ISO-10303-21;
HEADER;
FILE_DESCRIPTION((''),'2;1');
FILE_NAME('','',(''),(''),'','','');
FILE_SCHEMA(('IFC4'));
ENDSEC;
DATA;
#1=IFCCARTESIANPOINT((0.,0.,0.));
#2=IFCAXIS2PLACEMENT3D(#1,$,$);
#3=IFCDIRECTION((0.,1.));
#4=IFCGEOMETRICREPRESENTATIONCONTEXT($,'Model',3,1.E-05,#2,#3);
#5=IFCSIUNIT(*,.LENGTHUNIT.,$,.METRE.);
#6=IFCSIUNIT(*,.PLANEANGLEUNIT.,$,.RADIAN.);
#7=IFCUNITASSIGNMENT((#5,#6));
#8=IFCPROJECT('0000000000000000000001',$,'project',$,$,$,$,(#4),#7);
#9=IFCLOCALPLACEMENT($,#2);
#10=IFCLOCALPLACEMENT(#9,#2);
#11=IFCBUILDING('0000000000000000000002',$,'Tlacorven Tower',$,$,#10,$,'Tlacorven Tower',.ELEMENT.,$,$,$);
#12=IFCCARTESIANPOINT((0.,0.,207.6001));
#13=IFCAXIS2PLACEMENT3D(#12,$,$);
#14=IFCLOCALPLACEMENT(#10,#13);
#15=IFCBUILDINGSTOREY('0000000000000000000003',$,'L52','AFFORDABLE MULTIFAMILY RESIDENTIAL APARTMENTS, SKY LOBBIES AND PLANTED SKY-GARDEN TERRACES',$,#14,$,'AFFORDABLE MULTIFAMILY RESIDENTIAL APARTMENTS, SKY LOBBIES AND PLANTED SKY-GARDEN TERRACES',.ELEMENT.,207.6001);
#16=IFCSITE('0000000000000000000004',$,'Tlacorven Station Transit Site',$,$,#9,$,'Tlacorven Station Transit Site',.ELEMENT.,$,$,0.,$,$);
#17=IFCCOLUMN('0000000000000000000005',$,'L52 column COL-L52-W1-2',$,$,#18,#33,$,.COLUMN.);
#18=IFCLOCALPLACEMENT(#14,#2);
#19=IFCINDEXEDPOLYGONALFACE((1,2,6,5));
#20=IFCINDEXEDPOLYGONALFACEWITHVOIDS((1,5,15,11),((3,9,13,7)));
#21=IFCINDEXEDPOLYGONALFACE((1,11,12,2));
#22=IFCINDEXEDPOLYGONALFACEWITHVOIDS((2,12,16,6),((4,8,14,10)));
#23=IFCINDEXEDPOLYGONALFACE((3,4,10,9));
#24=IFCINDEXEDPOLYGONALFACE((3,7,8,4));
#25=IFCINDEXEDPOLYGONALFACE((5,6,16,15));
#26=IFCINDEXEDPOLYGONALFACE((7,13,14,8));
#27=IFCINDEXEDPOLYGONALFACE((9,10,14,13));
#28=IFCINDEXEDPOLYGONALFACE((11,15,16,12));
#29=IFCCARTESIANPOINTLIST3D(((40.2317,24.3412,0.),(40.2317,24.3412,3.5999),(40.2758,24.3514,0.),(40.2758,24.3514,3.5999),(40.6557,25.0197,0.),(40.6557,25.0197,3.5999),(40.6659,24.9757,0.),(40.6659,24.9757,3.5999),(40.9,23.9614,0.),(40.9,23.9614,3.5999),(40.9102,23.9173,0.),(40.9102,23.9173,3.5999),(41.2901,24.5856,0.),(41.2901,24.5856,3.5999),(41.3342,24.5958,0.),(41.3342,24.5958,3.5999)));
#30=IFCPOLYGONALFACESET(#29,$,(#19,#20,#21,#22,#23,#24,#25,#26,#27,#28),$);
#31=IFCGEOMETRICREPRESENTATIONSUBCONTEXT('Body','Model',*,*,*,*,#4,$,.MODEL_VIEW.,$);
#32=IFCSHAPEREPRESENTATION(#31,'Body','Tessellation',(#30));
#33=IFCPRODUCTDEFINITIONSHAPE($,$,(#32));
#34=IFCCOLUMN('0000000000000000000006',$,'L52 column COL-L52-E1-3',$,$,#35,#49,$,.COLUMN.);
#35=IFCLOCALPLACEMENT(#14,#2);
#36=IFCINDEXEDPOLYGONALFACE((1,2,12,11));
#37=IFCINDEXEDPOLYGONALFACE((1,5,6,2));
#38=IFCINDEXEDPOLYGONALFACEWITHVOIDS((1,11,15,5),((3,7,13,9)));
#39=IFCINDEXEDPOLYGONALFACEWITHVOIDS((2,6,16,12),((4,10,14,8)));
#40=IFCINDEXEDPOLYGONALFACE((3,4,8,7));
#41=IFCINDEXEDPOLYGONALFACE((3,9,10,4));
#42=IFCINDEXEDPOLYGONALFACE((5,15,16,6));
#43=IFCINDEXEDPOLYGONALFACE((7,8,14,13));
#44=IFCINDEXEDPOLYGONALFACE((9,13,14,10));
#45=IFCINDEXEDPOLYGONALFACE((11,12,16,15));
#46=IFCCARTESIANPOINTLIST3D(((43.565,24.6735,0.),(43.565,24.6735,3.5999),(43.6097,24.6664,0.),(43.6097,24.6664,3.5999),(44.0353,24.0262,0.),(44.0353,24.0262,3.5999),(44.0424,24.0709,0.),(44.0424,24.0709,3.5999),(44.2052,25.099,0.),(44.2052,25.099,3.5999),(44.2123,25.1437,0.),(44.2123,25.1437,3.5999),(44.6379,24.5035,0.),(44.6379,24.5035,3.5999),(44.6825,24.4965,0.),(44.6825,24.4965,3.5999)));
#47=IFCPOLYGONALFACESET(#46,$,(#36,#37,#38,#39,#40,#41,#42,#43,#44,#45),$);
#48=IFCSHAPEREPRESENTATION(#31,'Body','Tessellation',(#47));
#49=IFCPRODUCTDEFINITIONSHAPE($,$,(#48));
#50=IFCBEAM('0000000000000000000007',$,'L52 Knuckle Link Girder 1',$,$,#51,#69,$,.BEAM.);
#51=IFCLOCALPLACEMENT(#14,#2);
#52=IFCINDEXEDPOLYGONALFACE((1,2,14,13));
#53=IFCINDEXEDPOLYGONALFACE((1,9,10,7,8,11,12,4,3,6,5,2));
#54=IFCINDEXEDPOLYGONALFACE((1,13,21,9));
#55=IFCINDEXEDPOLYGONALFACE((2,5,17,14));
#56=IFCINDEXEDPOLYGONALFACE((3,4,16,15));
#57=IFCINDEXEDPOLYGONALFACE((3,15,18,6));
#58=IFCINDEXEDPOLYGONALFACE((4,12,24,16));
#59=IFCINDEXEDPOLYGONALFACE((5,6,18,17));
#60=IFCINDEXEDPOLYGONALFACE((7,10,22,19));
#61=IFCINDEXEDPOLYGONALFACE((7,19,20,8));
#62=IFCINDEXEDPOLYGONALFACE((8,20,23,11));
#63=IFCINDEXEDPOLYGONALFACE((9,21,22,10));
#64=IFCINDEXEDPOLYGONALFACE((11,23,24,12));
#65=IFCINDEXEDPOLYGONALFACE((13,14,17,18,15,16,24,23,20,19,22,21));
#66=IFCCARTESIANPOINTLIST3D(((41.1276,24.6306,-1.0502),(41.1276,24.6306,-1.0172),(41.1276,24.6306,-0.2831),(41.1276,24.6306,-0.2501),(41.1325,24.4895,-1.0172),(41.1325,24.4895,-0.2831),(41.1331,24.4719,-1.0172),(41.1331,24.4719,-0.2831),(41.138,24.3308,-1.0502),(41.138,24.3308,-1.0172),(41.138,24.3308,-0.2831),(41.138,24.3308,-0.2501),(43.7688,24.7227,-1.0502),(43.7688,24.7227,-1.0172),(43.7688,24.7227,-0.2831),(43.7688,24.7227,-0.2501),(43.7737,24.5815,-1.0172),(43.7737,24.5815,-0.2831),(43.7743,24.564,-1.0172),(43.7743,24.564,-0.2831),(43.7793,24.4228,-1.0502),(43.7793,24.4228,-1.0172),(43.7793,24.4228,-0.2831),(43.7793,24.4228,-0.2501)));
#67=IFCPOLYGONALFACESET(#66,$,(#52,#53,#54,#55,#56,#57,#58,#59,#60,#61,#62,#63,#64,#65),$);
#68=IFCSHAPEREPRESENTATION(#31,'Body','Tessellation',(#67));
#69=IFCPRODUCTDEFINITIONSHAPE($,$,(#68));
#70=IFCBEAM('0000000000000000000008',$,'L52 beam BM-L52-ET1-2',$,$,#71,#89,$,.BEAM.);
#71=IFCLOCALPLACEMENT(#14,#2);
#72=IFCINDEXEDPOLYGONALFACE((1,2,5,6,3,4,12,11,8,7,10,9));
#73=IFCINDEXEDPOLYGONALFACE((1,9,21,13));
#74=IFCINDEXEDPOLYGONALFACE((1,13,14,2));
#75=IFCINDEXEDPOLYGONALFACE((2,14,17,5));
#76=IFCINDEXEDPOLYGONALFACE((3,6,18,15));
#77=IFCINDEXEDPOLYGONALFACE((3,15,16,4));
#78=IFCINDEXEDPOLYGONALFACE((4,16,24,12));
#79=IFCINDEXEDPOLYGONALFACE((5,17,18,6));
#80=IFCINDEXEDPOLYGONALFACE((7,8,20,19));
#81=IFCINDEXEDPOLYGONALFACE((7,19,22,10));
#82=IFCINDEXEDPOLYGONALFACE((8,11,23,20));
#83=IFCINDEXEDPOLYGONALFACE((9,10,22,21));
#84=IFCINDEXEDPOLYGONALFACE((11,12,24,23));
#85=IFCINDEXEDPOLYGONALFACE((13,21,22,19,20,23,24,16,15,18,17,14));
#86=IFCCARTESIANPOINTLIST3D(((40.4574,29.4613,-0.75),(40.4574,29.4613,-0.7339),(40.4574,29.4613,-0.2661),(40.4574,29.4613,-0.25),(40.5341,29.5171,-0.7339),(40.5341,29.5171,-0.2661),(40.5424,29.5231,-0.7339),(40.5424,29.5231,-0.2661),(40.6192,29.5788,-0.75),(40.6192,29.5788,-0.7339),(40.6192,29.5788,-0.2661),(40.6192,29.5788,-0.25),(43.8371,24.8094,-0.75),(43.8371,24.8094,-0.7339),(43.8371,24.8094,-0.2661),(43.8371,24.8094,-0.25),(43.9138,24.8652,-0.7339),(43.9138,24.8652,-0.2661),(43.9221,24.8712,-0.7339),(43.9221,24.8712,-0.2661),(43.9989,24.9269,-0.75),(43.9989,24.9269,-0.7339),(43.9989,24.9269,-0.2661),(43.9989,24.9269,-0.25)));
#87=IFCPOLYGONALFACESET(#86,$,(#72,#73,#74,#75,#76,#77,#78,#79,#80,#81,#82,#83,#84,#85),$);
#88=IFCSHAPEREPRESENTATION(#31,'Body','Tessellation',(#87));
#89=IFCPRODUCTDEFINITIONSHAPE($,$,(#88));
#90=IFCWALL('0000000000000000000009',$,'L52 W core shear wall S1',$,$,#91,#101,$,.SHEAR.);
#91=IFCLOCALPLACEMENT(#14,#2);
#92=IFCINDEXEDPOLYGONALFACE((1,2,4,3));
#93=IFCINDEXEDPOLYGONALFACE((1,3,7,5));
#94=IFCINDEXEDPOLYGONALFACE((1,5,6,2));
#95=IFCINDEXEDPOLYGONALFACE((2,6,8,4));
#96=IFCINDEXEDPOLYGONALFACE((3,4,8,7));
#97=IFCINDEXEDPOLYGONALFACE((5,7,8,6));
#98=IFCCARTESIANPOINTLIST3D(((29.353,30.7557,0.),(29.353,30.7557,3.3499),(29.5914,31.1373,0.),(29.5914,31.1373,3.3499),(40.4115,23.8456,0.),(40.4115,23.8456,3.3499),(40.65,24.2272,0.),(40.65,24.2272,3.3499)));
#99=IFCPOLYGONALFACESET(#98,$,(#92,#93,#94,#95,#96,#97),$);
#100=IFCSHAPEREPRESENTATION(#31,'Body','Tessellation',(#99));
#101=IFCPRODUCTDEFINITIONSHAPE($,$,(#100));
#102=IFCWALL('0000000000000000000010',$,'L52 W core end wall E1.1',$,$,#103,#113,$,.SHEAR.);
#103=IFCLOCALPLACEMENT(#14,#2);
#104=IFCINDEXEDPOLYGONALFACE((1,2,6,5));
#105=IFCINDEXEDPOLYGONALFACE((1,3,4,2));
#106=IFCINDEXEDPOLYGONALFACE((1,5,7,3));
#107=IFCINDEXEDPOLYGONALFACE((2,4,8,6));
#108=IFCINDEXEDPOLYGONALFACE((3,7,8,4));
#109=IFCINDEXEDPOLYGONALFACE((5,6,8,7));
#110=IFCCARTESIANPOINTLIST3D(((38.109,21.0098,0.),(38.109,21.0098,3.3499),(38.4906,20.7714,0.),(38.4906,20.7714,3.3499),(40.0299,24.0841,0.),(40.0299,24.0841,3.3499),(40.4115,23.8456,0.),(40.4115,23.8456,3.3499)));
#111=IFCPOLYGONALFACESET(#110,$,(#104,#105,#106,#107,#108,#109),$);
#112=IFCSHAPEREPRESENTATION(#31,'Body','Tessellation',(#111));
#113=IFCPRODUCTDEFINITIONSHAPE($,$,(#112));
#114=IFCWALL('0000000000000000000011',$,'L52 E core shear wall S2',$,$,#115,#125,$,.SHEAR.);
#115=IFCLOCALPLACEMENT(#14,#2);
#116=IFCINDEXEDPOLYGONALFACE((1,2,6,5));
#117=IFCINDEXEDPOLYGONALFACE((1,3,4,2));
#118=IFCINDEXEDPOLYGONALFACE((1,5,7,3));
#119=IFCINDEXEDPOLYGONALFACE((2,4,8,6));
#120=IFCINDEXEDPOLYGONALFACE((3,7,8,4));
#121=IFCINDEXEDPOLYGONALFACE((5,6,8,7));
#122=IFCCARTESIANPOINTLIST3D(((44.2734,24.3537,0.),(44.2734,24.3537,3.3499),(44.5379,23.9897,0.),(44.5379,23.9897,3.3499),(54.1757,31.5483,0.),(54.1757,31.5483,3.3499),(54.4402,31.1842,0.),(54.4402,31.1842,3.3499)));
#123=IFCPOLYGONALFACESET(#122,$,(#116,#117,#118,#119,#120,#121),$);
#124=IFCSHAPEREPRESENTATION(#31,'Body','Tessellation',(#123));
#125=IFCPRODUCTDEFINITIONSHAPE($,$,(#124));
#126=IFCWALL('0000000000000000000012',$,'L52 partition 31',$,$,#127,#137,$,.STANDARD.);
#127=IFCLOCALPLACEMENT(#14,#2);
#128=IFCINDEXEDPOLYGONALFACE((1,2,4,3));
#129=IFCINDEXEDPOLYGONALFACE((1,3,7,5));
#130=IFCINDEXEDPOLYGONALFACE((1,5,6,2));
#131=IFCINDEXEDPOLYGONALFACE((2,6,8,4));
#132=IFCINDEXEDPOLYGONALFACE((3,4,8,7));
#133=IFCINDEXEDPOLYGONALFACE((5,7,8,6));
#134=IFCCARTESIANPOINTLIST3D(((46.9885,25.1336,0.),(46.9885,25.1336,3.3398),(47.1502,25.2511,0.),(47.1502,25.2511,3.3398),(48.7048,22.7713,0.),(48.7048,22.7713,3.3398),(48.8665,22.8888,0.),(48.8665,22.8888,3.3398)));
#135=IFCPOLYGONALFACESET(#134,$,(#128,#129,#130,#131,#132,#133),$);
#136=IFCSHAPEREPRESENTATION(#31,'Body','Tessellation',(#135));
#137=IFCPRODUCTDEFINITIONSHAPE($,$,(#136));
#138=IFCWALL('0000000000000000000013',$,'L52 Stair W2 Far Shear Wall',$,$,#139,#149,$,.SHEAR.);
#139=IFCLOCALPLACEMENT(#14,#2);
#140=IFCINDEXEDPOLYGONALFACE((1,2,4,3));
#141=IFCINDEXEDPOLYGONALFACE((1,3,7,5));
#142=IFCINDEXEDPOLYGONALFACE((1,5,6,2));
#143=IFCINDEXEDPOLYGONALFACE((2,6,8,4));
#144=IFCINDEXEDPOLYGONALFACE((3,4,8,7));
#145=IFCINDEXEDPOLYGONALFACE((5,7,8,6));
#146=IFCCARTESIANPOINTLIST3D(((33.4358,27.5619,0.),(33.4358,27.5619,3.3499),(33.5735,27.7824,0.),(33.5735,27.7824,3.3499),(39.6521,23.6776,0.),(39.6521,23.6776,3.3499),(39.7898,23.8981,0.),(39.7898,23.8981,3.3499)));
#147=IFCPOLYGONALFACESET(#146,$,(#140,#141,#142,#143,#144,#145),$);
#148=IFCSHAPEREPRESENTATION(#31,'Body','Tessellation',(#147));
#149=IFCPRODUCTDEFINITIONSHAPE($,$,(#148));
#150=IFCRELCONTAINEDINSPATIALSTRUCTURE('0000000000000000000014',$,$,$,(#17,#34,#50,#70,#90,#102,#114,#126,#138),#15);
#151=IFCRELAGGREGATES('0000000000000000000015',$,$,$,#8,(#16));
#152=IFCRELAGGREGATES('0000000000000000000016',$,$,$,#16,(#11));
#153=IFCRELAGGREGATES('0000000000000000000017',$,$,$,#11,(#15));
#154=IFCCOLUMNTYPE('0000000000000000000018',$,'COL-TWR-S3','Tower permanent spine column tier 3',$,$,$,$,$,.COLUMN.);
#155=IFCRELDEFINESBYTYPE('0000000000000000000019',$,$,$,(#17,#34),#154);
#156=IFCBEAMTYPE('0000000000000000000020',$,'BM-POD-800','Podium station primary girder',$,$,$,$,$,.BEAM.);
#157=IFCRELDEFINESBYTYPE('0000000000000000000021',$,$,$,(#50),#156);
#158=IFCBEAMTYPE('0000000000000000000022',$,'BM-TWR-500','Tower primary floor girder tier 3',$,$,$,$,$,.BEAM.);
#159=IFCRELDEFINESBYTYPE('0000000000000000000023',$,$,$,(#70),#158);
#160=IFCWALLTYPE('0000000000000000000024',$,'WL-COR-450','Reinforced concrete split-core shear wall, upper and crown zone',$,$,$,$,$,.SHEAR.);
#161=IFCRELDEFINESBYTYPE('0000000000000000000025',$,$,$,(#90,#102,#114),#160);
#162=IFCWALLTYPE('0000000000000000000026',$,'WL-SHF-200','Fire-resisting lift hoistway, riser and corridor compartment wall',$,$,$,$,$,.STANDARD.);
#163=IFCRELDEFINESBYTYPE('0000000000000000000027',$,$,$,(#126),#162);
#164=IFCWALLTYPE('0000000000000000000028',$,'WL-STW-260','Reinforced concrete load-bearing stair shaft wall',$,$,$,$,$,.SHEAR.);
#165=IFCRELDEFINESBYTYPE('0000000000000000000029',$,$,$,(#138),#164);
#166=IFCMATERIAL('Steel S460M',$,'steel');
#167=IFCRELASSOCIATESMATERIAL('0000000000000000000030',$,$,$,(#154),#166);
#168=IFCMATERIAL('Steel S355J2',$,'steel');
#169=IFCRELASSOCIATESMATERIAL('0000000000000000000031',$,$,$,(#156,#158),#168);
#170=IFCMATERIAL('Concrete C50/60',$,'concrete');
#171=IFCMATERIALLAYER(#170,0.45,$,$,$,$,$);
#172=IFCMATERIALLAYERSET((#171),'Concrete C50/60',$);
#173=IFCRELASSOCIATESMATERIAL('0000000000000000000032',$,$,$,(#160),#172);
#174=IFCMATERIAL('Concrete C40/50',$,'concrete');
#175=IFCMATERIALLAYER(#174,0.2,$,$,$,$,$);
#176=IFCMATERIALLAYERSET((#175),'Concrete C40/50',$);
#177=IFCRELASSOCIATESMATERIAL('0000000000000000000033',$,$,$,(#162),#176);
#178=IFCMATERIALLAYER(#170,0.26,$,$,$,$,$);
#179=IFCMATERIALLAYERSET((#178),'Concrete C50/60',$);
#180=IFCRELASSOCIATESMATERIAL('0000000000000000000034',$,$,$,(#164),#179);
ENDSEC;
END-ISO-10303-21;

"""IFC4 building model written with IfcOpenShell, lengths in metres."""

from ifc_helpers import new_model, si_unit, direction, frame, frame_2d, origin, origin_2d, place, context, subcontext, project, spatial, rectangle, hollow_rectangle, i_section, extrude, source, transform, mapped, material, layer, layer_set, material_profile, profile_set, type_object, element, save


model = new_model("IFC4")

# Units and contexts
model_context = context("Model", 3, precision=1e-05, world=origin(), true_north=direction((0.0, 1.0)))
body_context = subcontext(model_context, "Body", "Model", "MODEL_VIEW")
ifc_project = project(units=[si_unit("LENGTHUNIT", "METRE"), si_unit("PLANEANGLEUNIT", "RADIAN")], contexts=[model_context])

# Site, building, storey
site_placement = place(None, origin())
site = spatial("IfcSite", under=ifc_project, at=site_placement, Name="Tlacorven Station Transit Site", LongName="Tlacorven Station Transit Site", CompositionType="ELEMENT", RefElevation=0.0)
building_placement = place(site_placement, origin())
building = spatial("IfcBuilding", under=site, at=building_placement, Name="Tlacorven Tower", LongName="Tlacorven Tower", CompositionType="ELEMENT")
storey_placement = place(building_placement, frame((0.0, 0.0, 207.6001)))
storey = spatial("IfcBuildingStorey", under=building, at=storey_placement, Name="L52", Description="AFFORDABLE MULTIFAMILY RESIDENTIAL APARTMENTS, SKY LOBBIES AND PLANTED SKY-GARDEN TERRACES", LongName="AFFORDABLE MULTIFAMILY RESIDENTIAL APARTMENTS, SKY LOBBIES AND PLANTED SKY-GARDEN TERRACES", CompositionType="ELEMENT", Elevation=207.6001)

# Columns
ifc_material_1 = material(Name="Steel S460M", Category="steel")
ifc_material_profile_1 = material_profile(ifc_material_1, hollow_rectangle(XDim=0.8, YDim=0.8, WallThickness=0.032, at=origin_2d()), Name="BOX 800X800X32")
ifc_profile_set_1 = profile_set([ifc_material_profile_1], Name="Steel S460M")
column_type = type_object("IfcColumnType", Name="COL-TWR-S3", Description="Tower permanent spine column tier 3", PredefinedType="COLUMN", material=ifc_profile_set_1)
shared_shape_1 = source(origin(), body_context, "Body", "SweptSolid", [
    extrude(hollow_rectangle(XDim=0.8, YDim=0.8, WallThickness=0.032, at=origin_2d()), origin(), (0.0, 0.0, 1.0), 3.5999),
])
for number, where, z_axis, x_axis, name in (
    (1, (40.783, 24.4685, 0.0), (0.0, 0.0, 1.0), (-0.848048, 0.529919, 0.0), "L52 column COL-L52-W1-2"),
    (2, (44.1238, 24.585, 0.0), (0.0, 0.0, 1.0), (0.809017, 0.587785, 0.0), "L52 column COL-L52-E1-3"),
):
    element("IfcColumn", number, at=place(storey_placement, frame(where, z_axis=z_axis, x_axis=x_axis)), inside=storey, type_object=column_type, Name=name, PredefinedType="COLUMN", context=body_context, shape_type="MappedRepresentation", body=[
        mapped(shared_shape_1, transform((0.0, 0.0, 0.0), scale=1.0)),
    ])

# Beams
ifc_material_2 = material(Name="Steel S355J2", Category="steel")
ifc_material_profile_2 = material_profile(ifc_material_2, i_section(OverallWidth=0.3, OverallDepth=0.8, WebThickness=0.0176, FlangeThickness=0.033, at=origin_2d()), Name="HEB 800")
ifc_profile_set_2 = profile_set([ifc_material_profile_2], Name="Steel S355J2")
beam_type_1 = type_object("IfcBeamType", Name="BM-POD-800", Description="Podium station primary girder", PredefinedType="BEAM", material=ifc_profile_set_2)
shared_shape_2 = source(origin(), body_context, "Body", "SweptSolid", [
    extrude(i_section(OverallWidth=0.3, OverallDepth=0.8, WebThickness=0.0176, FlangeThickness=0.033, at=origin_2d()), origin(), (0.0, 0.0, 1.0), 2.6428),
])
beam_1_placement = place(storey_placement, frame((41.1328, 24.4807, -0.6501), z_axis=(0.999393, 0.034828, 0.0), x_axis=(-0.034828, 0.999393, 0.0)))
element("IfcBeam", 3, at=beam_1_placement, inside=storey, type_object=beam_type_1, Name="L52 Knuckle Link Girder 1", PredefinedType="BEAM", context=body_context, shape_type="MappedRepresentation", body=[
    mapped(shared_shape_2, transform((0.0, 0.0, 0.0), scale=1.0)),
])
ifc_material_profile_3 = material_profile(ifc_material_2, i_section(OverallWidth=0.2, OverallDepth=0.5, WebThickness=0.0103, FlangeThickness=0.0161, at=origin_2d()), Name="IPE 500")
ifc_profile_set_3 = profile_set([ifc_material_profile_3], Name="Steel S355J2")
beam_type_2 = type_object("IfcBeamType", Name="BM-TWR-500", Description="Tower primary floor girder tier 3", PredefinedType="BEAM", material=ifc_profile_set_3)
shared_shape_3 = source(origin(), body_context, "Body", "SweptSolid", [
    extrude(i_section(OverallWidth=0.2, OverallDepth=0.5, WebThickness=0.0103, FlangeThickness=0.0161, at=origin_2d()), origin(), (0.0, 0.0, 1.0), 5.75),
])
beam_2_placement = place(storey_placement, frame((43.918, 24.8682, -0.5), z_axis=(-0.58777, 0.809028, 0.0), x_axis=(-0.809028, -0.58777, 0.0)))
element("IfcBeam", 4, at=beam_2_placement, inside=storey, type_object=beam_type_2, Name="L52 beam BM-L52-ET1-2", PredefinedType="BEAM", context=body_context, shape_type="MappedRepresentation", body=[
    mapped(shared_shape_3, transform((0.0, 0.0, 0.0), scale=1.0)),
])

# Walls
ifc_material_3 = material(Name="Concrete C50/60", Category="concrete")
ifc_layer_1 = layer(ifc_material_3, 0.45)
ifc_layer_set_1 = layer_set([ifc_layer_1], Name="Concrete C50/60")
wall_type_1 = type_object("IfcWallType", Name="WL-COR-450", Description="Reinforced concrete split-core shear wall, upper and crown zone", PredefinedType="SHEAR", material=ifc_layer_set_1)
wall_1_placement = place(storey_placement, frame((40.5308, 24.0364, 0.0), z_axis=(0.0, 0.0, 1.0), x_axis=(-0.848049, 0.529918, 0.0)))
element("IfcWall", 5, at=wall_1_placement, inside=storey, type_object=wall_type_1, Name="L52 W core shear wall S1", PredefinedType="SHEAR", context=body_context, shape_type="SweptSolid", body=[
    extrude(rectangle(XDim=13.04, YDim=0.45, at=frame_2d((6.52, 0.0))), origin(), (0.0, 0.0, 1.0), 3.3499),
])
wall_2_placement = place(storey_placement, frame((40.2207, 23.9648, 0.0), z_axis=(0.0, 0.0, 1.0), x_axis=(-0.529902, -0.848059, 0.0)))
element("IfcWall", 6, at=wall_2_placement, inside=storey, type_object=wall_type_1, Name="L52 W core end wall E1.1", PredefinedType="SHEAR", context=body_context, shape_type="SweptSolid", body=[
    extrude(rectangle(XDim=3.625, YDim=0.45, at=frame_2d((1.8125, 0.0))), origin(), (0.0, 0.0, 1.0), 3.3499),
])
wall_3_placement = place(storey_placement, frame((44.4055, 24.1716, 0.0), z_axis=(0.0, 0.0, 1.0), x_axis=(0.809013, 0.587791, 0.0)))
element("IfcWall", 7, at=wall_3_placement, inside=storey, type_object=wall_type_1, Name="L52 E core shear wall S2", PredefinedType="SHEAR", context=body_context, shape_type="SweptSolid", body=[
    extrude(rectangle(XDim=12.24, YDim=0.45, at=frame_2d((6.1201, 0.0))), origin(), (0.0, 0.0, 1.0), 3.3499),
])
ifc_material_4 = material(Name="Concrete C40/50", Category="concrete")
ifc_layer_2 = layer(ifc_material_4, 0.2)
ifc_layer_set_2 = layer_set([ifc_layer_2], Name="Concrete C40/50")
wall_type_2 = type_object("IfcWallType", Name="WL-SHF-200", Description="Fire-resisting lift hoistway, riser and corridor compartment wall", PredefinedType="STANDARD", material=ifc_layer_set_2)
wall_4_placement = place(storey_placement, frame((48.7856, 22.8301, 0.0), z_axis=(0.0, 0.0, 1.0), x_axis=(-0.587784, 0.809018, 0.0)))
element("IfcWall", 8, at=wall_4_placement, inside=storey, type_object=wall_type_2, Name="L52 partition 31", PredefinedType="STANDARD", context=body_context, shape_type="SweptSolid", body=[
    extrude(rectangle(XDim=2.9199, YDim=0.2, at=frame_2d((1.46, 0.0))), origin(), (0.0, 0.0, 1.0), 3.3398),
])
ifc_layer_3 = layer(ifc_material_3, 0.26)
ifc_layer_set_3 = layer_set([ifc_layer_3], Name="Concrete C50/60")
wall_type_3 = type_object("IfcWallType", Name="WL-STW-260", Description="Reinforced concrete load-bearing stair shaft wall", PredefinedType="SHEAR", material=ifc_layer_set_3)
wall_5_placement = place(storey_placement, frame((39.7209, 23.7878, 0.0), z_axis=(0.0, 0.0, 1.0), x_axis=(-0.848054, 0.529909, 0.0)))
element("IfcWall", 9, at=wall_5_placement, inside=storey, type_object=wall_type_3, Name="L52 Stair W2 Far Shear Wall", PredefinedType="SHEAR", context=body_context, shape_type="SweptSolid", body=[
    extrude(rectangle(XDim=7.3301, YDim=0.26, at=frame_2d((3.665, 0.0))), origin(), (0.0, 0.0, 1.0), 3.3499),
])

save(model, "model.ifc")
